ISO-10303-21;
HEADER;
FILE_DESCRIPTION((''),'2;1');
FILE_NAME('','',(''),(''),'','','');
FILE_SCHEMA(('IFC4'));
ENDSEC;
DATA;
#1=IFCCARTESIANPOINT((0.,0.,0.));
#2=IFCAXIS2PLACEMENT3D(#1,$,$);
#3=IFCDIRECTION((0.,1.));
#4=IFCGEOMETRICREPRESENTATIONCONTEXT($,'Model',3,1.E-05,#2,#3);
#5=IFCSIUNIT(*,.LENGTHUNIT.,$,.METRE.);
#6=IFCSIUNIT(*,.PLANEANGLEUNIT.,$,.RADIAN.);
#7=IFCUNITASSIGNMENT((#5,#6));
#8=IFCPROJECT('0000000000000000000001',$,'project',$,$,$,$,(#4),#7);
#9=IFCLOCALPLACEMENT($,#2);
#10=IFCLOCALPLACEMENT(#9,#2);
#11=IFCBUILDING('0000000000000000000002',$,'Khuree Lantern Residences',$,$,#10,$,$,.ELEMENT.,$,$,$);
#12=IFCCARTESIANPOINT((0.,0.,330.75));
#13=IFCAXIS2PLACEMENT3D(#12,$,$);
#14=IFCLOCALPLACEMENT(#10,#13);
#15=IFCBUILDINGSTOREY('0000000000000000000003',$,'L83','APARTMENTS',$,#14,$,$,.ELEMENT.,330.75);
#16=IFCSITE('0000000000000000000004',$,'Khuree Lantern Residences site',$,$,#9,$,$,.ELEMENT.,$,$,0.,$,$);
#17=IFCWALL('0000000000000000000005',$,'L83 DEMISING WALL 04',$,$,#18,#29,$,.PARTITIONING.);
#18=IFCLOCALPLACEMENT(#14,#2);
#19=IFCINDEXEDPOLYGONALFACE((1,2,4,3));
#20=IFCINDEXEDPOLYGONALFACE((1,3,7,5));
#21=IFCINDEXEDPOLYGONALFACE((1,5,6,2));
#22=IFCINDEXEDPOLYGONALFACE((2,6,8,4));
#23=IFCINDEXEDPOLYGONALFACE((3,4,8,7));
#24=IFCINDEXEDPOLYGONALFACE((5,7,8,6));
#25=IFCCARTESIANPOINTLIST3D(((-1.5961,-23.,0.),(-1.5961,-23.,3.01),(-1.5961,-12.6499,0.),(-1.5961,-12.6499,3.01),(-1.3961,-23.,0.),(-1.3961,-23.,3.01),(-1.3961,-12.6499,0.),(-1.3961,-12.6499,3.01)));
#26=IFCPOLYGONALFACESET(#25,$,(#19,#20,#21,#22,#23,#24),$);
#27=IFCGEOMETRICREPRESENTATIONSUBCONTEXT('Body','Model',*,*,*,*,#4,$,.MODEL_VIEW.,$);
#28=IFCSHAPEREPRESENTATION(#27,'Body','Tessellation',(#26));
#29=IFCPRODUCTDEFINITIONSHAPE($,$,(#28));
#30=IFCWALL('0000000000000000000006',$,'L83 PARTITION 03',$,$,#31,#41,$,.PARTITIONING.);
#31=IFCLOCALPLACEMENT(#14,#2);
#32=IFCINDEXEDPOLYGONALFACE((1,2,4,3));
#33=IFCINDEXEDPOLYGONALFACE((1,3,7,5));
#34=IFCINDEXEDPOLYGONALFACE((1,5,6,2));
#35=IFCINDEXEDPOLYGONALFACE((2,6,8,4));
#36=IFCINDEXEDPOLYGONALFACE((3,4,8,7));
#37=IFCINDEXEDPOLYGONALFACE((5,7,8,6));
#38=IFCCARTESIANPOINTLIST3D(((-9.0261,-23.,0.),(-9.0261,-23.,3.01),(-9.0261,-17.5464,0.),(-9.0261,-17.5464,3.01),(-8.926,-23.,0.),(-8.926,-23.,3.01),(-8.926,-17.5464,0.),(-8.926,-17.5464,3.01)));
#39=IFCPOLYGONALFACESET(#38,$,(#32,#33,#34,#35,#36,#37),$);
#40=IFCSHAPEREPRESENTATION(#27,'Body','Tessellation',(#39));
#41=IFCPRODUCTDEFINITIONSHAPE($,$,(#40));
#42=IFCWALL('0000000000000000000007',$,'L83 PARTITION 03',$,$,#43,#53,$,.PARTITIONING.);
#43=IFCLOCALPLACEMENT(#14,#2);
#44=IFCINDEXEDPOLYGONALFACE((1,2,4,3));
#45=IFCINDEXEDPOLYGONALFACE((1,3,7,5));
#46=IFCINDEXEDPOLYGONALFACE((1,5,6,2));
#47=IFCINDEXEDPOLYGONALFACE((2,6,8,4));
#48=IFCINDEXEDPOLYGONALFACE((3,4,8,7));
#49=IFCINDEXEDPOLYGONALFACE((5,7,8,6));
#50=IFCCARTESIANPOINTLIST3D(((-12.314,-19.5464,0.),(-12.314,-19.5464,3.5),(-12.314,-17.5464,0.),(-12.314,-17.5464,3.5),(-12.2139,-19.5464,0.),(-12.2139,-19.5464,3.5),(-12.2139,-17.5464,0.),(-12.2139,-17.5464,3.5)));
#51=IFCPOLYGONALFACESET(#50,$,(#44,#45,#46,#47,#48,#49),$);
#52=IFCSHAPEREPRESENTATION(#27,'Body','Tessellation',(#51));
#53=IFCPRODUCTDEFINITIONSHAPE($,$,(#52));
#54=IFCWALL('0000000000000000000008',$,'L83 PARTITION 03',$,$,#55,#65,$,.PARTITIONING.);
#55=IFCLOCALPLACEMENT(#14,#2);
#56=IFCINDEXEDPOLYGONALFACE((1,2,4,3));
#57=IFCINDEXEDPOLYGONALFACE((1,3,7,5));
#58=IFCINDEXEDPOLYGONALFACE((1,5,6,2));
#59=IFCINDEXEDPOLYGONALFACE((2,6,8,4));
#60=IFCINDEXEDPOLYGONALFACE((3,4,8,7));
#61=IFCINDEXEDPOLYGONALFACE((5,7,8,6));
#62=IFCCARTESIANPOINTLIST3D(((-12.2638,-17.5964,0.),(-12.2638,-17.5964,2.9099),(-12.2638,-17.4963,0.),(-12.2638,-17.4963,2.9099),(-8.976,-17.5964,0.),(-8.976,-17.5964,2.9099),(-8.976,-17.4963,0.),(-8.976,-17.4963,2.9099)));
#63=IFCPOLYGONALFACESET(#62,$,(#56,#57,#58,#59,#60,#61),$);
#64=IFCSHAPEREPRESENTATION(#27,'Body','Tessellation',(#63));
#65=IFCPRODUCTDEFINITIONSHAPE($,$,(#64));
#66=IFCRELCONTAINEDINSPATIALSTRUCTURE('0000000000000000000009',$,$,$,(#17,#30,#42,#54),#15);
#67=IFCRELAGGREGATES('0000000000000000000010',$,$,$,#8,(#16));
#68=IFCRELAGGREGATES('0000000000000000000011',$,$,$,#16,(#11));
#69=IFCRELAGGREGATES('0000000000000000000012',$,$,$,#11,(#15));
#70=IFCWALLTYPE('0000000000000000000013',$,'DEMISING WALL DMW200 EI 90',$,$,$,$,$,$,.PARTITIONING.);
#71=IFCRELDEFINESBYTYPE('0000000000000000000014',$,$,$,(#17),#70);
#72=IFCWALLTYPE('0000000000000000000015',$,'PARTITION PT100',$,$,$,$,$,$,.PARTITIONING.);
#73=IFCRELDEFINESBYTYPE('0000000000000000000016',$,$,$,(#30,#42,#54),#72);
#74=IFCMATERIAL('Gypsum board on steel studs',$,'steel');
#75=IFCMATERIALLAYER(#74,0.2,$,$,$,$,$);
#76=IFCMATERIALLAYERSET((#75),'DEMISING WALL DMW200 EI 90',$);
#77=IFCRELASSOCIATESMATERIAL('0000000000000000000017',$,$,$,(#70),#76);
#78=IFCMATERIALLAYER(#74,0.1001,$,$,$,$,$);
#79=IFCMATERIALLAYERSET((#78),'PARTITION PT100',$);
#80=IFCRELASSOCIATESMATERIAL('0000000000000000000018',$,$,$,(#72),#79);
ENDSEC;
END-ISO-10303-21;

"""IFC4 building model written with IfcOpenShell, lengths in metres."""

from ifc_helpers import new_model, si_unit, direction, frame, frame_2d, origin, place, context, subcontext, project, spatial, rectangle, extrude, material, layer, layer_set, type_object, element, save


model = new_model("IFC4")

# Units and contexts
model_context = context("Model", 3, precision=1e-05, world=origin(), true_north=direction((0.0, 1.0)))
body_context = subcontext(model_context, "Body", "Model", "MODEL_VIEW")
ifc_project = project(units=[si_unit("LENGTHUNIT", "METRE"), si_unit("PLANEANGLEUNIT", "RADIAN")], contexts=[model_context])

# Site, building, storey
site_placement = place(None, origin())
site = spatial("IfcSite", under=ifc_project, at=site_placement, Name="Khuree Lantern Residences site", CompositionType="ELEMENT", RefElevation=0.0)
building_placement = place(site_placement, origin())
building = spatial("IfcBuilding", under=site, at=building_placement, Name="Khuree Lantern Residences", CompositionType="ELEMENT")
storey_placement = place(building_placement, frame((0.0, 0.0, 330.75)))
storey = spatial("IfcBuildingStorey", under=building, at=storey_placement, Name="L83", Description="APARTMENTS", CompositionType="ELEMENT", Elevation=330.75)

# Walls
ifc_material_1 = material(Name="Gypsum board on steel studs", Category="steel")
ifc_layer_1 = layer(ifc_material_1, 0.2)
ifc_layer_set_1 = layer_set([ifc_layer_1], Name="DEMISING WALL DMW200 EI 90")
wall_type_1 = type_object("IfcWallType", Name="DEMISING WALL DMW200 EI 90", PredefinedType="PARTITIONING", material=ifc_layer_set_1)
wall_1_placement = place(storey_placement, frame((-1.4961, -12.6499, 0.0), z_axis=(0.0, 0.0, 1.0), x_axis=(0.0, -1.0, 0.0)))
element("IfcWall", 1, at=wall_1_placement, inside=storey, type_object=wall_type_1, Name="L83 DEMISING WALL 04", PredefinedType="PARTITIONING", context=body_context, shape_type="SweptSolid", body=[
    extrude(rectangle(XDim=10.3501, YDim=0.2, at=frame_2d((5.175, 0.0))), origin(), (0.0, 0.0, 1.0), 3.01),
])
ifc_layer_2 = layer(ifc_material_1, 0.1001)
ifc_layer_set_2 = layer_set([ifc_layer_2], Name="PARTITION PT100")
wall_type_2 = type_object("IfcWallType", Name="PARTITION PT100", PredefinedType="PARTITIONING", material=ifc_layer_set_2)
wall_2_placement = place(storey_placement, frame((-8.9761, -17.5464, 0.0), z_axis=(0.0, 0.0, 1.0), x_axis=(0.0, -1.0, 0.0)))
element("IfcWall", 2, at=wall_2_placement, inside=storey, type_object=wall_type_2, Name="L83 PARTITION 03", PredefinedType="PARTITIONING", context=body_context, shape_type="SweptSolid", body=[
    extrude(rectangle(XDim=5.4536, YDim=0.1001, at=frame_2d((2.7268, 0.0))), origin(), (0.0, 0.0, 1.0), 3.01),
])
wall_3_placement = place(storey_placement, frame((-12.2639, -17.5464, 0.0), z_axis=(0.0, 0.0, 1.0), x_axis=(0.0, -1.0, 0.0)))
element("IfcWall", 3, at=wall_3_placement, inside=storey, type_object=wall_type_2, Name="L83 PARTITION 03", PredefinedType="PARTITIONING", context=body_context, shape_type="SweptSolid", body=[
    extrude(rectangle(XDim=2.0, YDim=0.1001, at=frame_2d((1.0, 0.0))), origin(), (0.0, 0.0, 1.0), 3.5),
])
wall_4_placement = place(storey_placement, frame((-12.2639, -17.5464, 0.0), z_axis=(0.0, 0.0, 1.0), x_axis=(1.0, 0.0, 0.0)))
element("IfcWall", 4, at=wall_4_placement, inside=storey, type_object=wall_type_2, Name="L83 PARTITION 03", PredefinedType="PARTITIONING", context=body_context, shape_type="SweptSolid", body=[
    extrude(rectangle(XDim=3.2878, YDim=0.1001, at=frame_2d((1.644, 0.0))), origin(), (0.0, 0.0, 1.0), 2.9099),
])

save(model, "model.ifc")
